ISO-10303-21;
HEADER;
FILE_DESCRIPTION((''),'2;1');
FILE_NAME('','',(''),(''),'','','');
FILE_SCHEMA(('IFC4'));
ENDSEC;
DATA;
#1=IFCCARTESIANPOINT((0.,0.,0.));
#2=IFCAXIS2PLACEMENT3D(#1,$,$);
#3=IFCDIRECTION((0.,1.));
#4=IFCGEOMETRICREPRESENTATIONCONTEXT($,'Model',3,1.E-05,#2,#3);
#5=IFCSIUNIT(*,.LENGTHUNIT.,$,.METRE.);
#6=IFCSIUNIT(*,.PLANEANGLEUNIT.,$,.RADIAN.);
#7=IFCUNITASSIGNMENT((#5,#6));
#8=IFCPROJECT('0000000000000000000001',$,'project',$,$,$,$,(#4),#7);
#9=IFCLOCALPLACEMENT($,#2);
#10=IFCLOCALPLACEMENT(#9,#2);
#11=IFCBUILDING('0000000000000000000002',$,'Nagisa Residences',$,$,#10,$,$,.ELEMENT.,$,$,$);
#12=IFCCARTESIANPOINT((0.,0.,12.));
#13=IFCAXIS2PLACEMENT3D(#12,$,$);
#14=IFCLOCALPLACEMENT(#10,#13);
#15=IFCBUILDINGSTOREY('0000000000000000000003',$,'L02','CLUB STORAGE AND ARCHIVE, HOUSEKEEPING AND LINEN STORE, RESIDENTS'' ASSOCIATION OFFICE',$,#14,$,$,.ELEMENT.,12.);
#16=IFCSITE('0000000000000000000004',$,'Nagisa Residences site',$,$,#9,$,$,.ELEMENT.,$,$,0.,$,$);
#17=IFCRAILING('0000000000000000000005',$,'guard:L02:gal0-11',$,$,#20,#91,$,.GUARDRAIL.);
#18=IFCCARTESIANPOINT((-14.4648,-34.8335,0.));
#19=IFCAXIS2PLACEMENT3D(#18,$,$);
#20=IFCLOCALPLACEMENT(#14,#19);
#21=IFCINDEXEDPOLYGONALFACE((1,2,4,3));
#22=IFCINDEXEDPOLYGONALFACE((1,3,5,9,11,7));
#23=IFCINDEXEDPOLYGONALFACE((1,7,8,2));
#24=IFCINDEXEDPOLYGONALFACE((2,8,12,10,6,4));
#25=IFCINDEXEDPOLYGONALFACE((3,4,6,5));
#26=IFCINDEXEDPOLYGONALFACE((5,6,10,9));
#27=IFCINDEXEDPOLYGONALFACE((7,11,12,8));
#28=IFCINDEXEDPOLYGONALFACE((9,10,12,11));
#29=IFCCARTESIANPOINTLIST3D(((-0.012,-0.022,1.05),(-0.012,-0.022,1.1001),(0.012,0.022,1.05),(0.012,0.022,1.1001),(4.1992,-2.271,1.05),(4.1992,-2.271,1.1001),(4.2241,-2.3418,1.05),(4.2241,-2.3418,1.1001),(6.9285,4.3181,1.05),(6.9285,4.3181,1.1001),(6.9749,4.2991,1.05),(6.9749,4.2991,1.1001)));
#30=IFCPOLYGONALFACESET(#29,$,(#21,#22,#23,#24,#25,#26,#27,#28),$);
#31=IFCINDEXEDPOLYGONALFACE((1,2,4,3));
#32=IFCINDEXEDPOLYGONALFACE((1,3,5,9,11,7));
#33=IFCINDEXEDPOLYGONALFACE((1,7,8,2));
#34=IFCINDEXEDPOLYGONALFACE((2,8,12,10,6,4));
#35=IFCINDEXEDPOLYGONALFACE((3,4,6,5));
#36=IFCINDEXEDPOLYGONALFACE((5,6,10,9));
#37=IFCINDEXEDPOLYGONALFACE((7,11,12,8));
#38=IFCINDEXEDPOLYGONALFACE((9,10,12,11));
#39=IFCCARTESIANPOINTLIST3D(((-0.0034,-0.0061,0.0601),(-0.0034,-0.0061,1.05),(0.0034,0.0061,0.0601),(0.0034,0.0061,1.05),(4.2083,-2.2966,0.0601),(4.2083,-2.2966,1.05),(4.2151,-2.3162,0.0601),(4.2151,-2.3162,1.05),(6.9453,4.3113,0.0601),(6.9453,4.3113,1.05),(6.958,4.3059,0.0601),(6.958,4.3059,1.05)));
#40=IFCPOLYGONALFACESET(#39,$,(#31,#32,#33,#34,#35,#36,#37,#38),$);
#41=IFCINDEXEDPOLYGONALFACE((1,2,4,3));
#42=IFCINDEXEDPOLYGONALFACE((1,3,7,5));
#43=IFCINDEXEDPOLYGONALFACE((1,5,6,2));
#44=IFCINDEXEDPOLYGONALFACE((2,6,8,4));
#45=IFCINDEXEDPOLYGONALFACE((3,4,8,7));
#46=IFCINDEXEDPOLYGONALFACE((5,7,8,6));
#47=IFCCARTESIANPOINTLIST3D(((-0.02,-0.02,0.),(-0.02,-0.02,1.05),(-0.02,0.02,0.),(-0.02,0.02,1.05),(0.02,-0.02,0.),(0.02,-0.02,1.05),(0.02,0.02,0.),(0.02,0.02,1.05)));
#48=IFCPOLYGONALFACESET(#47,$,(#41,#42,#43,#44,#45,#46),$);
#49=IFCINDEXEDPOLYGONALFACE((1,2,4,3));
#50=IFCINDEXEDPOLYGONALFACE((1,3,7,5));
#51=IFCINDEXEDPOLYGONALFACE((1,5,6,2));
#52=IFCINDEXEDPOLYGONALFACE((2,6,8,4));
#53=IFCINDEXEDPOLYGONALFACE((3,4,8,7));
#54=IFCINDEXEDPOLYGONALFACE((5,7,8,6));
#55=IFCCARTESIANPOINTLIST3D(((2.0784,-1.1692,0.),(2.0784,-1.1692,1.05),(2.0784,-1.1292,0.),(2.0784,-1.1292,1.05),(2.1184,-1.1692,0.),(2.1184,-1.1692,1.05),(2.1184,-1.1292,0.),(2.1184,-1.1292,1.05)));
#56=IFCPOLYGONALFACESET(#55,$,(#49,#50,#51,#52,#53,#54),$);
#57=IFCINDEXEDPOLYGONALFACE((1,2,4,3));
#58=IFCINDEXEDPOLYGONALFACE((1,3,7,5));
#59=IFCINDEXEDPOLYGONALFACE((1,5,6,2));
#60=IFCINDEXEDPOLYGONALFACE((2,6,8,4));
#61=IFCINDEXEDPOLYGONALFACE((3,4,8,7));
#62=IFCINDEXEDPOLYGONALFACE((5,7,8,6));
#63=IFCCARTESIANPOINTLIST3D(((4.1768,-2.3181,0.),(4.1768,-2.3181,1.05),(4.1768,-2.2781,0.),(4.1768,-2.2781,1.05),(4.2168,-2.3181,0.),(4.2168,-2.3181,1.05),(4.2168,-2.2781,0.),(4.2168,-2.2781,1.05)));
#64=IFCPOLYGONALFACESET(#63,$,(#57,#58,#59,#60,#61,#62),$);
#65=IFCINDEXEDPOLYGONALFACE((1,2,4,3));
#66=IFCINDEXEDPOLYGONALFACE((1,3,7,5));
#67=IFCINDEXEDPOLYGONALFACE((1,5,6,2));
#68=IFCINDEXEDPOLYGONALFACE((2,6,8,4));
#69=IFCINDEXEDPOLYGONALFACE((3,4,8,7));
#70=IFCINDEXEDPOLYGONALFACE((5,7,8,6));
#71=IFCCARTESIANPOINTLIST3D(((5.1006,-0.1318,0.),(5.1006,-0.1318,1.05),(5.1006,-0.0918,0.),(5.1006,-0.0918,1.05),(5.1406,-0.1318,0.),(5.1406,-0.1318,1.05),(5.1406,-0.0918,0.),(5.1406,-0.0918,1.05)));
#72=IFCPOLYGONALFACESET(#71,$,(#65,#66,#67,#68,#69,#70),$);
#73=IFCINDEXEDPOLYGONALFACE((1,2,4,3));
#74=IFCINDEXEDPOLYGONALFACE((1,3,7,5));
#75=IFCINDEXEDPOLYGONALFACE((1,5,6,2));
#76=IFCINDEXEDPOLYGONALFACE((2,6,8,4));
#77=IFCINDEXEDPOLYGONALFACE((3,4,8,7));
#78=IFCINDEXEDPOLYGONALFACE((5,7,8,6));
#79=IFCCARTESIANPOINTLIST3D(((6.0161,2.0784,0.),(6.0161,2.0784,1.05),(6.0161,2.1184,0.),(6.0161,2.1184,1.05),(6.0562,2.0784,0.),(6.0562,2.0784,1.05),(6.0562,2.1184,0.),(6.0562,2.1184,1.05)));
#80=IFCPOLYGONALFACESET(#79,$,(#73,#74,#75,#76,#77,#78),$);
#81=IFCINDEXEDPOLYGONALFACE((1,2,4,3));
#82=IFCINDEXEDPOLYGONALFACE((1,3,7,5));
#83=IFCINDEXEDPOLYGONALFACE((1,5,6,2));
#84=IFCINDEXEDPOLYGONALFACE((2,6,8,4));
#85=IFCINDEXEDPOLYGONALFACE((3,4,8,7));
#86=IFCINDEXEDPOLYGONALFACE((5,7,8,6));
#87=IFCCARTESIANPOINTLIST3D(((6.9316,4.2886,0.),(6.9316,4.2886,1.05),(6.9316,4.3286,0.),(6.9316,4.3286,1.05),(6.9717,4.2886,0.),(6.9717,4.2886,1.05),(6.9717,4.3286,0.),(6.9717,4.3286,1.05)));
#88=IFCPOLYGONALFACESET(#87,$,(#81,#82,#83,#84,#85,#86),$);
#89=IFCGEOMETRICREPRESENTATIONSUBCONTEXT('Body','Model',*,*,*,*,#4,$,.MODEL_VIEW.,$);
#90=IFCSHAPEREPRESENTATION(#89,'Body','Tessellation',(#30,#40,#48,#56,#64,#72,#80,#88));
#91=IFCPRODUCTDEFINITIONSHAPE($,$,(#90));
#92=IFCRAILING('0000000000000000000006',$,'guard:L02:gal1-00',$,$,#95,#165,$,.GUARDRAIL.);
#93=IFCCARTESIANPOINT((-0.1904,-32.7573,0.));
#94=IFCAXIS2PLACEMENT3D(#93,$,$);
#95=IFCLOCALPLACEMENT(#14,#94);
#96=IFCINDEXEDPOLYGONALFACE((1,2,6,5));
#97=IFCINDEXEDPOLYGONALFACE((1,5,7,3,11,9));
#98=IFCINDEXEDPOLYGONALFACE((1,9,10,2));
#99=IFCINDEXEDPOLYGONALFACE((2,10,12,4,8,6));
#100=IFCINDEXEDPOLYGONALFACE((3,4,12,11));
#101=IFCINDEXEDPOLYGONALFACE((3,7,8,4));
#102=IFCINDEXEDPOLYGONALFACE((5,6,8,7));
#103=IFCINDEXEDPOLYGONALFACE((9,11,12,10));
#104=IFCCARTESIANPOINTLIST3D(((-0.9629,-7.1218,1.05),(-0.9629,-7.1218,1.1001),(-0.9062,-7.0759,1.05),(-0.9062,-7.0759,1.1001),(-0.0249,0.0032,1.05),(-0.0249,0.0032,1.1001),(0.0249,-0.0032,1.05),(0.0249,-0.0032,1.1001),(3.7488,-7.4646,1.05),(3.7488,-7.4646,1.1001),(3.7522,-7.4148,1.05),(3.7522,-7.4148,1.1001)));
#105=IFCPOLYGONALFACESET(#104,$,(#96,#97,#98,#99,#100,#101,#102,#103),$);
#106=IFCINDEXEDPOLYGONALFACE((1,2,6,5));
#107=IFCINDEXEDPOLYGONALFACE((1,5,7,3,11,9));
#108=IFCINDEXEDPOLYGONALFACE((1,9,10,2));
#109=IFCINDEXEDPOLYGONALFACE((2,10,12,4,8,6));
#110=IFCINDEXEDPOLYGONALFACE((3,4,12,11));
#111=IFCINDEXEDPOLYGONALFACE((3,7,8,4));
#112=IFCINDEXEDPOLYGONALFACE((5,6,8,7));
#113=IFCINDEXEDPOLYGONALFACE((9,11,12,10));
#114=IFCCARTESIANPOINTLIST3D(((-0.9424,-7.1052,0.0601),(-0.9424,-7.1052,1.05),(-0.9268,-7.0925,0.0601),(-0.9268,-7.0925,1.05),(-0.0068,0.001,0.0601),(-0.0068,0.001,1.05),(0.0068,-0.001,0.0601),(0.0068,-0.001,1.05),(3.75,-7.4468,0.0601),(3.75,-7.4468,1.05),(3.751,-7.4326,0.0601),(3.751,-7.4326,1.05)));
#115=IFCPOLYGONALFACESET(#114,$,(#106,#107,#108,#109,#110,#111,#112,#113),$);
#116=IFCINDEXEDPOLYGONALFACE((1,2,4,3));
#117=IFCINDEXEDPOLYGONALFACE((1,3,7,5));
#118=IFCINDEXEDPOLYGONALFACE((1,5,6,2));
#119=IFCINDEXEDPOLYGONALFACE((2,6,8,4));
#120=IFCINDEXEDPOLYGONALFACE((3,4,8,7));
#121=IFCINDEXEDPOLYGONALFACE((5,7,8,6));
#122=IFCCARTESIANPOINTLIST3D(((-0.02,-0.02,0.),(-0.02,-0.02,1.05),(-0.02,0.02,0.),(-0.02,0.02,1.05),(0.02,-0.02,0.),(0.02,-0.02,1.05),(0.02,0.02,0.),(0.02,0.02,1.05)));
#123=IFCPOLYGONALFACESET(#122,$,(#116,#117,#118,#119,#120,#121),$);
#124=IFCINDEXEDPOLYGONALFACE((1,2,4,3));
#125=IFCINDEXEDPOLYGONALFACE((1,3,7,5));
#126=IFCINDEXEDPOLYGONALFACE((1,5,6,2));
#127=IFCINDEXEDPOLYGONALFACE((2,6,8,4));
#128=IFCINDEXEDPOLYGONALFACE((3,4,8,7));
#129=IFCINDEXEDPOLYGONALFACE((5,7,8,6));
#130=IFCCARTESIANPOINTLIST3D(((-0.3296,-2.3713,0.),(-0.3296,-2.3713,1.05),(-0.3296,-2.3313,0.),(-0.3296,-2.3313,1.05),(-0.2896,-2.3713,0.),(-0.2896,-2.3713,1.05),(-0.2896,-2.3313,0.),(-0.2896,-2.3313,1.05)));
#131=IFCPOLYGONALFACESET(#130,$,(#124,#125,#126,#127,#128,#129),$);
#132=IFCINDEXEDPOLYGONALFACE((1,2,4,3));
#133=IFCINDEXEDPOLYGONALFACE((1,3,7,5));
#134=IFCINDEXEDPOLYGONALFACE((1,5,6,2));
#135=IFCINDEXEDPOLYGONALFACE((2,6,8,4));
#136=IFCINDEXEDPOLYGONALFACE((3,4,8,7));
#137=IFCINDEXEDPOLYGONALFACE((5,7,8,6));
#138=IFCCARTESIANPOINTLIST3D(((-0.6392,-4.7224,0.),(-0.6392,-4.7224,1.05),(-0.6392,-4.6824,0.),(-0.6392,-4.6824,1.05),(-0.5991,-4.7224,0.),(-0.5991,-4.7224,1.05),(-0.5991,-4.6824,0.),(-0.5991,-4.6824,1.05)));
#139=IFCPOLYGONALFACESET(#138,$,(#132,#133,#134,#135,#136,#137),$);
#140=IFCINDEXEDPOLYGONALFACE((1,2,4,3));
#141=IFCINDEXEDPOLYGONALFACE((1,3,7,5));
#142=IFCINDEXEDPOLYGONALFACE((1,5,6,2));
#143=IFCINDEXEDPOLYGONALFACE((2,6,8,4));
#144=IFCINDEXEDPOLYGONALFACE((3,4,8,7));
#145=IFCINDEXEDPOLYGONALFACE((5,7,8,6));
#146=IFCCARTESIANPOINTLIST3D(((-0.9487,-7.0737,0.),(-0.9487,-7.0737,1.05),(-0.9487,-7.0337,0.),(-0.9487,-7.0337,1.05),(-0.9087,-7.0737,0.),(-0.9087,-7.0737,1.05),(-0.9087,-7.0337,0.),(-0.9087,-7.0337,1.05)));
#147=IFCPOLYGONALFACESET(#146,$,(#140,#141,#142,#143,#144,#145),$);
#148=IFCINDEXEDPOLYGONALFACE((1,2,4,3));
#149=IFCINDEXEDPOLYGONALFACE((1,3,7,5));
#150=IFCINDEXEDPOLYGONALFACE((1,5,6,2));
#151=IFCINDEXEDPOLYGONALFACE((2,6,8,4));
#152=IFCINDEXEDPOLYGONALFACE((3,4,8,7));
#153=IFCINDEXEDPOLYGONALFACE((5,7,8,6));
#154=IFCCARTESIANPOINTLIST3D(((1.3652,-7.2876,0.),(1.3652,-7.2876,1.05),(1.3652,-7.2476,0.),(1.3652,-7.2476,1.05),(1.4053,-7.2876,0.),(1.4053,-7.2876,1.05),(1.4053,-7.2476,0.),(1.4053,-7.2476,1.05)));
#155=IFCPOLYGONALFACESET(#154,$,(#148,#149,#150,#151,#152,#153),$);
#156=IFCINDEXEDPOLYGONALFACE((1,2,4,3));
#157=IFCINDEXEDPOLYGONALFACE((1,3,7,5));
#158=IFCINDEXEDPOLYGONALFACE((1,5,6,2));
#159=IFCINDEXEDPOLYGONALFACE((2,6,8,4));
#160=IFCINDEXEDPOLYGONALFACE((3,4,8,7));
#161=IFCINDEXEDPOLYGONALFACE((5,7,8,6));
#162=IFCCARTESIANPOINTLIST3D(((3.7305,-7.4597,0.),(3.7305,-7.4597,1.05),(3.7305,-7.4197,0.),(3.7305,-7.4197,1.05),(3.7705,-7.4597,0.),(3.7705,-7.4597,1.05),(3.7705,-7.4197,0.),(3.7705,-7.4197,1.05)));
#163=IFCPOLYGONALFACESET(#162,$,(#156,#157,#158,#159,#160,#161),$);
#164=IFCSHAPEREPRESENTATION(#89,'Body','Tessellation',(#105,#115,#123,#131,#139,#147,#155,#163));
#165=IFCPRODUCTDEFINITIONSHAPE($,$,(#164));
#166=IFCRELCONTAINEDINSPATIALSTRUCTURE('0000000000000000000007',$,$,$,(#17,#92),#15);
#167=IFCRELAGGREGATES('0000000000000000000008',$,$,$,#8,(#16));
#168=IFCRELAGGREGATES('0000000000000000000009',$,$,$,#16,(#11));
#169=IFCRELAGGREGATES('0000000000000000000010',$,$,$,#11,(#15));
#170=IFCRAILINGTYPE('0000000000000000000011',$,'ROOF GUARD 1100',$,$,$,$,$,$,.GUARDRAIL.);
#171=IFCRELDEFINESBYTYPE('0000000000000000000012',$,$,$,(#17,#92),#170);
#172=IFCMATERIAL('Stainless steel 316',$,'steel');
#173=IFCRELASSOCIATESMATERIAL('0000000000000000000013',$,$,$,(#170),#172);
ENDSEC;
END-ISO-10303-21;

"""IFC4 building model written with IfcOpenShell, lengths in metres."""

from ifc_helpers import new_model, si_unit, direction, frame, origin, origin_2d, place, context, subcontext, project, spatial, polyline, rectangle, outline, extrude, material, type_object, element, save


model = new_model("IFC4")

# Units and contexts
model_context = context("Model", 3, precision=1e-05, world=origin(), true_north=direction((0.0, 1.0)))
body_context = subcontext(model_context, "Body", "Model", "MODEL_VIEW")
ifc_project = project(units=[si_unit("LENGTHUNIT", "METRE"), si_unit("PLANEANGLEUNIT", "RADIAN")], contexts=[model_context])

# Site, building, storey
site_placement = place(None, origin())
site = spatial("IfcSite", under=ifc_project, at=site_placement, Name="Nagisa Residences site", CompositionType="ELEMENT", RefElevation=0.0)
building_placement = place(site_placement, origin())
building = spatial("IfcBuilding", under=site, at=building_placement, Name="Nagisa Residences", CompositionType="ELEMENT")
storey_placement = place(building_placement, frame((0.0, 0.0, 12.0)))
storey = spatial("IfcBuildingStorey", under=building, at=storey_placement, Name="L02", Description="CLUB STORAGE AND ARCHIVE, HOUSEKEEPING AND LINEN STORE, RESIDENTS' ASSOCIATION OFFICE", CompositionType="ELEMENT", Elevation=12.0)

# Railings
ifc_material_1 = material(Name="Stainless steel 316", Category="steel")
railing_type = type_object("IfcRailingType", Name="ROOF GUARD 1100", PredefinedType="GUARDRAIL", material=ifc_material_1)
railing_1_placement = place(storey_placement, frame((-14.4648, -34.8335, 0.0)))
element("IfcRailing", 1, at=railing_1_placement, inside=storey, type_object=railing_type, Name="guard:L02:gal0-11", PredefinedType="GUARDRAIL", context=body_context, shape_type="SweptSolid", body=[
    extrude(outline(polyline([(4.1992, -2.271), (0.012, 0.022), (-0.012, -0.022), (4.2241, -2.3418), (6.9749, 4.2991), (6.9285, 4.3181), (4.1992, -2.271)])), frame((0.0, 0.0, 1.05)), (0.0, 0.0, 1.0), 0.05),
    extrude(outline(polyline([(4.2083, -2.2966), (0.0034, 0.0061), (-0.0034, -0.0061), (4.2151, -2.3162), (6.958, 4.3059), (6.9453, 4.3113), (4.2083, -2.2966)])), frame((0.0, 0.0, 0.0601)), (0.0, 0.0, 1.0), 0.99),
    extrude(rectangle(XDim=0.04, YDim=0.04, at=origin_2d()), origin(), (0.0, 0.0, 1.0), 1.05),
    extrude(rectangle(XDim=0.04, YDim=0.04, at=origin_2d()), frame((2.0984, -1.1492, 0.0)), (0.0, 0.0, 1.0), 1.05),
    extrude(rectangle(XDim=0.04, YDim=0.04, at=origin_2d()), frame((4.1968, -2.2981, 0.0)), (0.0, 0.0, 1.0), 1.05),
    extrude(rectangle(XDim=0.04, YDim=0.04, at=origin_2d()), frame((5.1206, -0.1118, 0.0)), (0.0, 0.0, 1.0), 1.05),
    extrude(rectangle(XDim=0.04, YDim=0.04, at=origin_2d()), frame((6.0361, 2.0984, 0.0)), (0.0, 0.0, 1.0), 1.05),
    extrude(rectangle(XDim=0.04, YDim=0.04, at=origin_2d()), frame((6.9517, 4.3086, 0.0)), (0.0, 0.0, 1.0), 1.05),
])
railing_2_placement = place(storey_placement, frame((-0.1904, -32.7573, 0.0)))
element("IfcRailing", 2, at=railing_2_placement, inside=storey, type_object=railing_type, Name="guard:L02:gal1-00", PredefinedType="GUARDRAIL", context=body_context, shape_type="SweptSolid", body=[
    extrude(outline(polyline([(-0.9062, -7.0759), (0.0249, -0.0032), (-0.0249, 0.0032), (-0.9629, -7.1218), (3.7488, -7.4646), (3.7522, -7.4148), (-0.9062, -7.0759)])), frame((0.0, 0.0, 1.05)), (0.0, 0.0, 1.0), 0.05),
    extrude(outline(polyline([(-0.9268, -7.0925), (0.0068, -0.001), (-0.0068, 0.001), (-0.9424, -7.1052), (3.75, -7.4468), (3.751, -7.4326), (-0.9268, -7.0925)])), frame((0.0, 0.0, 0.0601)), (0.0, 0.0, 1.0), 0.99),
    extrude(rectangle(XDim=0.04, YDim=0.04, at=origin_2d()), origin(), (0.0, 0.0, 1.0), 1.05),
    extrude(rectangle(XDim=0.04, YDim=0.04, at=origin_2d()), frame((-0.3096, -2.3513, 0.0)), (0.0, 0.0, 1.0), 1.05),
    extrude(rectangle(XDim=0.04, YDim=0.04, at=origin_2d()), frame((-0.6191, -4.7024, 0.0)), (0.0, 0.0, 1.0), 1.05),
    extrude(rectangle(XDim=0.04, YDim=0.04, at=origin_2d()), frame((-0.9287, -7.0537, 0.0)), (0.0, 0.0, 1.0), 1.05),
    extrude(rectangle(XDim=0.04, YDim=0.04, at=origin_2d()), frame((1.3853, -7.2676, 0.0)), (0.0, 0.0, 1.0), 1.05),
    extrude(rectangle(XDim=0.04, YDim=0.04, at=origin_2d()), frame((3.7505, -7.4397, 0.0)), (0.0, 0.0, 1.0), 1.05),
])

save(model, "model.ifc")
